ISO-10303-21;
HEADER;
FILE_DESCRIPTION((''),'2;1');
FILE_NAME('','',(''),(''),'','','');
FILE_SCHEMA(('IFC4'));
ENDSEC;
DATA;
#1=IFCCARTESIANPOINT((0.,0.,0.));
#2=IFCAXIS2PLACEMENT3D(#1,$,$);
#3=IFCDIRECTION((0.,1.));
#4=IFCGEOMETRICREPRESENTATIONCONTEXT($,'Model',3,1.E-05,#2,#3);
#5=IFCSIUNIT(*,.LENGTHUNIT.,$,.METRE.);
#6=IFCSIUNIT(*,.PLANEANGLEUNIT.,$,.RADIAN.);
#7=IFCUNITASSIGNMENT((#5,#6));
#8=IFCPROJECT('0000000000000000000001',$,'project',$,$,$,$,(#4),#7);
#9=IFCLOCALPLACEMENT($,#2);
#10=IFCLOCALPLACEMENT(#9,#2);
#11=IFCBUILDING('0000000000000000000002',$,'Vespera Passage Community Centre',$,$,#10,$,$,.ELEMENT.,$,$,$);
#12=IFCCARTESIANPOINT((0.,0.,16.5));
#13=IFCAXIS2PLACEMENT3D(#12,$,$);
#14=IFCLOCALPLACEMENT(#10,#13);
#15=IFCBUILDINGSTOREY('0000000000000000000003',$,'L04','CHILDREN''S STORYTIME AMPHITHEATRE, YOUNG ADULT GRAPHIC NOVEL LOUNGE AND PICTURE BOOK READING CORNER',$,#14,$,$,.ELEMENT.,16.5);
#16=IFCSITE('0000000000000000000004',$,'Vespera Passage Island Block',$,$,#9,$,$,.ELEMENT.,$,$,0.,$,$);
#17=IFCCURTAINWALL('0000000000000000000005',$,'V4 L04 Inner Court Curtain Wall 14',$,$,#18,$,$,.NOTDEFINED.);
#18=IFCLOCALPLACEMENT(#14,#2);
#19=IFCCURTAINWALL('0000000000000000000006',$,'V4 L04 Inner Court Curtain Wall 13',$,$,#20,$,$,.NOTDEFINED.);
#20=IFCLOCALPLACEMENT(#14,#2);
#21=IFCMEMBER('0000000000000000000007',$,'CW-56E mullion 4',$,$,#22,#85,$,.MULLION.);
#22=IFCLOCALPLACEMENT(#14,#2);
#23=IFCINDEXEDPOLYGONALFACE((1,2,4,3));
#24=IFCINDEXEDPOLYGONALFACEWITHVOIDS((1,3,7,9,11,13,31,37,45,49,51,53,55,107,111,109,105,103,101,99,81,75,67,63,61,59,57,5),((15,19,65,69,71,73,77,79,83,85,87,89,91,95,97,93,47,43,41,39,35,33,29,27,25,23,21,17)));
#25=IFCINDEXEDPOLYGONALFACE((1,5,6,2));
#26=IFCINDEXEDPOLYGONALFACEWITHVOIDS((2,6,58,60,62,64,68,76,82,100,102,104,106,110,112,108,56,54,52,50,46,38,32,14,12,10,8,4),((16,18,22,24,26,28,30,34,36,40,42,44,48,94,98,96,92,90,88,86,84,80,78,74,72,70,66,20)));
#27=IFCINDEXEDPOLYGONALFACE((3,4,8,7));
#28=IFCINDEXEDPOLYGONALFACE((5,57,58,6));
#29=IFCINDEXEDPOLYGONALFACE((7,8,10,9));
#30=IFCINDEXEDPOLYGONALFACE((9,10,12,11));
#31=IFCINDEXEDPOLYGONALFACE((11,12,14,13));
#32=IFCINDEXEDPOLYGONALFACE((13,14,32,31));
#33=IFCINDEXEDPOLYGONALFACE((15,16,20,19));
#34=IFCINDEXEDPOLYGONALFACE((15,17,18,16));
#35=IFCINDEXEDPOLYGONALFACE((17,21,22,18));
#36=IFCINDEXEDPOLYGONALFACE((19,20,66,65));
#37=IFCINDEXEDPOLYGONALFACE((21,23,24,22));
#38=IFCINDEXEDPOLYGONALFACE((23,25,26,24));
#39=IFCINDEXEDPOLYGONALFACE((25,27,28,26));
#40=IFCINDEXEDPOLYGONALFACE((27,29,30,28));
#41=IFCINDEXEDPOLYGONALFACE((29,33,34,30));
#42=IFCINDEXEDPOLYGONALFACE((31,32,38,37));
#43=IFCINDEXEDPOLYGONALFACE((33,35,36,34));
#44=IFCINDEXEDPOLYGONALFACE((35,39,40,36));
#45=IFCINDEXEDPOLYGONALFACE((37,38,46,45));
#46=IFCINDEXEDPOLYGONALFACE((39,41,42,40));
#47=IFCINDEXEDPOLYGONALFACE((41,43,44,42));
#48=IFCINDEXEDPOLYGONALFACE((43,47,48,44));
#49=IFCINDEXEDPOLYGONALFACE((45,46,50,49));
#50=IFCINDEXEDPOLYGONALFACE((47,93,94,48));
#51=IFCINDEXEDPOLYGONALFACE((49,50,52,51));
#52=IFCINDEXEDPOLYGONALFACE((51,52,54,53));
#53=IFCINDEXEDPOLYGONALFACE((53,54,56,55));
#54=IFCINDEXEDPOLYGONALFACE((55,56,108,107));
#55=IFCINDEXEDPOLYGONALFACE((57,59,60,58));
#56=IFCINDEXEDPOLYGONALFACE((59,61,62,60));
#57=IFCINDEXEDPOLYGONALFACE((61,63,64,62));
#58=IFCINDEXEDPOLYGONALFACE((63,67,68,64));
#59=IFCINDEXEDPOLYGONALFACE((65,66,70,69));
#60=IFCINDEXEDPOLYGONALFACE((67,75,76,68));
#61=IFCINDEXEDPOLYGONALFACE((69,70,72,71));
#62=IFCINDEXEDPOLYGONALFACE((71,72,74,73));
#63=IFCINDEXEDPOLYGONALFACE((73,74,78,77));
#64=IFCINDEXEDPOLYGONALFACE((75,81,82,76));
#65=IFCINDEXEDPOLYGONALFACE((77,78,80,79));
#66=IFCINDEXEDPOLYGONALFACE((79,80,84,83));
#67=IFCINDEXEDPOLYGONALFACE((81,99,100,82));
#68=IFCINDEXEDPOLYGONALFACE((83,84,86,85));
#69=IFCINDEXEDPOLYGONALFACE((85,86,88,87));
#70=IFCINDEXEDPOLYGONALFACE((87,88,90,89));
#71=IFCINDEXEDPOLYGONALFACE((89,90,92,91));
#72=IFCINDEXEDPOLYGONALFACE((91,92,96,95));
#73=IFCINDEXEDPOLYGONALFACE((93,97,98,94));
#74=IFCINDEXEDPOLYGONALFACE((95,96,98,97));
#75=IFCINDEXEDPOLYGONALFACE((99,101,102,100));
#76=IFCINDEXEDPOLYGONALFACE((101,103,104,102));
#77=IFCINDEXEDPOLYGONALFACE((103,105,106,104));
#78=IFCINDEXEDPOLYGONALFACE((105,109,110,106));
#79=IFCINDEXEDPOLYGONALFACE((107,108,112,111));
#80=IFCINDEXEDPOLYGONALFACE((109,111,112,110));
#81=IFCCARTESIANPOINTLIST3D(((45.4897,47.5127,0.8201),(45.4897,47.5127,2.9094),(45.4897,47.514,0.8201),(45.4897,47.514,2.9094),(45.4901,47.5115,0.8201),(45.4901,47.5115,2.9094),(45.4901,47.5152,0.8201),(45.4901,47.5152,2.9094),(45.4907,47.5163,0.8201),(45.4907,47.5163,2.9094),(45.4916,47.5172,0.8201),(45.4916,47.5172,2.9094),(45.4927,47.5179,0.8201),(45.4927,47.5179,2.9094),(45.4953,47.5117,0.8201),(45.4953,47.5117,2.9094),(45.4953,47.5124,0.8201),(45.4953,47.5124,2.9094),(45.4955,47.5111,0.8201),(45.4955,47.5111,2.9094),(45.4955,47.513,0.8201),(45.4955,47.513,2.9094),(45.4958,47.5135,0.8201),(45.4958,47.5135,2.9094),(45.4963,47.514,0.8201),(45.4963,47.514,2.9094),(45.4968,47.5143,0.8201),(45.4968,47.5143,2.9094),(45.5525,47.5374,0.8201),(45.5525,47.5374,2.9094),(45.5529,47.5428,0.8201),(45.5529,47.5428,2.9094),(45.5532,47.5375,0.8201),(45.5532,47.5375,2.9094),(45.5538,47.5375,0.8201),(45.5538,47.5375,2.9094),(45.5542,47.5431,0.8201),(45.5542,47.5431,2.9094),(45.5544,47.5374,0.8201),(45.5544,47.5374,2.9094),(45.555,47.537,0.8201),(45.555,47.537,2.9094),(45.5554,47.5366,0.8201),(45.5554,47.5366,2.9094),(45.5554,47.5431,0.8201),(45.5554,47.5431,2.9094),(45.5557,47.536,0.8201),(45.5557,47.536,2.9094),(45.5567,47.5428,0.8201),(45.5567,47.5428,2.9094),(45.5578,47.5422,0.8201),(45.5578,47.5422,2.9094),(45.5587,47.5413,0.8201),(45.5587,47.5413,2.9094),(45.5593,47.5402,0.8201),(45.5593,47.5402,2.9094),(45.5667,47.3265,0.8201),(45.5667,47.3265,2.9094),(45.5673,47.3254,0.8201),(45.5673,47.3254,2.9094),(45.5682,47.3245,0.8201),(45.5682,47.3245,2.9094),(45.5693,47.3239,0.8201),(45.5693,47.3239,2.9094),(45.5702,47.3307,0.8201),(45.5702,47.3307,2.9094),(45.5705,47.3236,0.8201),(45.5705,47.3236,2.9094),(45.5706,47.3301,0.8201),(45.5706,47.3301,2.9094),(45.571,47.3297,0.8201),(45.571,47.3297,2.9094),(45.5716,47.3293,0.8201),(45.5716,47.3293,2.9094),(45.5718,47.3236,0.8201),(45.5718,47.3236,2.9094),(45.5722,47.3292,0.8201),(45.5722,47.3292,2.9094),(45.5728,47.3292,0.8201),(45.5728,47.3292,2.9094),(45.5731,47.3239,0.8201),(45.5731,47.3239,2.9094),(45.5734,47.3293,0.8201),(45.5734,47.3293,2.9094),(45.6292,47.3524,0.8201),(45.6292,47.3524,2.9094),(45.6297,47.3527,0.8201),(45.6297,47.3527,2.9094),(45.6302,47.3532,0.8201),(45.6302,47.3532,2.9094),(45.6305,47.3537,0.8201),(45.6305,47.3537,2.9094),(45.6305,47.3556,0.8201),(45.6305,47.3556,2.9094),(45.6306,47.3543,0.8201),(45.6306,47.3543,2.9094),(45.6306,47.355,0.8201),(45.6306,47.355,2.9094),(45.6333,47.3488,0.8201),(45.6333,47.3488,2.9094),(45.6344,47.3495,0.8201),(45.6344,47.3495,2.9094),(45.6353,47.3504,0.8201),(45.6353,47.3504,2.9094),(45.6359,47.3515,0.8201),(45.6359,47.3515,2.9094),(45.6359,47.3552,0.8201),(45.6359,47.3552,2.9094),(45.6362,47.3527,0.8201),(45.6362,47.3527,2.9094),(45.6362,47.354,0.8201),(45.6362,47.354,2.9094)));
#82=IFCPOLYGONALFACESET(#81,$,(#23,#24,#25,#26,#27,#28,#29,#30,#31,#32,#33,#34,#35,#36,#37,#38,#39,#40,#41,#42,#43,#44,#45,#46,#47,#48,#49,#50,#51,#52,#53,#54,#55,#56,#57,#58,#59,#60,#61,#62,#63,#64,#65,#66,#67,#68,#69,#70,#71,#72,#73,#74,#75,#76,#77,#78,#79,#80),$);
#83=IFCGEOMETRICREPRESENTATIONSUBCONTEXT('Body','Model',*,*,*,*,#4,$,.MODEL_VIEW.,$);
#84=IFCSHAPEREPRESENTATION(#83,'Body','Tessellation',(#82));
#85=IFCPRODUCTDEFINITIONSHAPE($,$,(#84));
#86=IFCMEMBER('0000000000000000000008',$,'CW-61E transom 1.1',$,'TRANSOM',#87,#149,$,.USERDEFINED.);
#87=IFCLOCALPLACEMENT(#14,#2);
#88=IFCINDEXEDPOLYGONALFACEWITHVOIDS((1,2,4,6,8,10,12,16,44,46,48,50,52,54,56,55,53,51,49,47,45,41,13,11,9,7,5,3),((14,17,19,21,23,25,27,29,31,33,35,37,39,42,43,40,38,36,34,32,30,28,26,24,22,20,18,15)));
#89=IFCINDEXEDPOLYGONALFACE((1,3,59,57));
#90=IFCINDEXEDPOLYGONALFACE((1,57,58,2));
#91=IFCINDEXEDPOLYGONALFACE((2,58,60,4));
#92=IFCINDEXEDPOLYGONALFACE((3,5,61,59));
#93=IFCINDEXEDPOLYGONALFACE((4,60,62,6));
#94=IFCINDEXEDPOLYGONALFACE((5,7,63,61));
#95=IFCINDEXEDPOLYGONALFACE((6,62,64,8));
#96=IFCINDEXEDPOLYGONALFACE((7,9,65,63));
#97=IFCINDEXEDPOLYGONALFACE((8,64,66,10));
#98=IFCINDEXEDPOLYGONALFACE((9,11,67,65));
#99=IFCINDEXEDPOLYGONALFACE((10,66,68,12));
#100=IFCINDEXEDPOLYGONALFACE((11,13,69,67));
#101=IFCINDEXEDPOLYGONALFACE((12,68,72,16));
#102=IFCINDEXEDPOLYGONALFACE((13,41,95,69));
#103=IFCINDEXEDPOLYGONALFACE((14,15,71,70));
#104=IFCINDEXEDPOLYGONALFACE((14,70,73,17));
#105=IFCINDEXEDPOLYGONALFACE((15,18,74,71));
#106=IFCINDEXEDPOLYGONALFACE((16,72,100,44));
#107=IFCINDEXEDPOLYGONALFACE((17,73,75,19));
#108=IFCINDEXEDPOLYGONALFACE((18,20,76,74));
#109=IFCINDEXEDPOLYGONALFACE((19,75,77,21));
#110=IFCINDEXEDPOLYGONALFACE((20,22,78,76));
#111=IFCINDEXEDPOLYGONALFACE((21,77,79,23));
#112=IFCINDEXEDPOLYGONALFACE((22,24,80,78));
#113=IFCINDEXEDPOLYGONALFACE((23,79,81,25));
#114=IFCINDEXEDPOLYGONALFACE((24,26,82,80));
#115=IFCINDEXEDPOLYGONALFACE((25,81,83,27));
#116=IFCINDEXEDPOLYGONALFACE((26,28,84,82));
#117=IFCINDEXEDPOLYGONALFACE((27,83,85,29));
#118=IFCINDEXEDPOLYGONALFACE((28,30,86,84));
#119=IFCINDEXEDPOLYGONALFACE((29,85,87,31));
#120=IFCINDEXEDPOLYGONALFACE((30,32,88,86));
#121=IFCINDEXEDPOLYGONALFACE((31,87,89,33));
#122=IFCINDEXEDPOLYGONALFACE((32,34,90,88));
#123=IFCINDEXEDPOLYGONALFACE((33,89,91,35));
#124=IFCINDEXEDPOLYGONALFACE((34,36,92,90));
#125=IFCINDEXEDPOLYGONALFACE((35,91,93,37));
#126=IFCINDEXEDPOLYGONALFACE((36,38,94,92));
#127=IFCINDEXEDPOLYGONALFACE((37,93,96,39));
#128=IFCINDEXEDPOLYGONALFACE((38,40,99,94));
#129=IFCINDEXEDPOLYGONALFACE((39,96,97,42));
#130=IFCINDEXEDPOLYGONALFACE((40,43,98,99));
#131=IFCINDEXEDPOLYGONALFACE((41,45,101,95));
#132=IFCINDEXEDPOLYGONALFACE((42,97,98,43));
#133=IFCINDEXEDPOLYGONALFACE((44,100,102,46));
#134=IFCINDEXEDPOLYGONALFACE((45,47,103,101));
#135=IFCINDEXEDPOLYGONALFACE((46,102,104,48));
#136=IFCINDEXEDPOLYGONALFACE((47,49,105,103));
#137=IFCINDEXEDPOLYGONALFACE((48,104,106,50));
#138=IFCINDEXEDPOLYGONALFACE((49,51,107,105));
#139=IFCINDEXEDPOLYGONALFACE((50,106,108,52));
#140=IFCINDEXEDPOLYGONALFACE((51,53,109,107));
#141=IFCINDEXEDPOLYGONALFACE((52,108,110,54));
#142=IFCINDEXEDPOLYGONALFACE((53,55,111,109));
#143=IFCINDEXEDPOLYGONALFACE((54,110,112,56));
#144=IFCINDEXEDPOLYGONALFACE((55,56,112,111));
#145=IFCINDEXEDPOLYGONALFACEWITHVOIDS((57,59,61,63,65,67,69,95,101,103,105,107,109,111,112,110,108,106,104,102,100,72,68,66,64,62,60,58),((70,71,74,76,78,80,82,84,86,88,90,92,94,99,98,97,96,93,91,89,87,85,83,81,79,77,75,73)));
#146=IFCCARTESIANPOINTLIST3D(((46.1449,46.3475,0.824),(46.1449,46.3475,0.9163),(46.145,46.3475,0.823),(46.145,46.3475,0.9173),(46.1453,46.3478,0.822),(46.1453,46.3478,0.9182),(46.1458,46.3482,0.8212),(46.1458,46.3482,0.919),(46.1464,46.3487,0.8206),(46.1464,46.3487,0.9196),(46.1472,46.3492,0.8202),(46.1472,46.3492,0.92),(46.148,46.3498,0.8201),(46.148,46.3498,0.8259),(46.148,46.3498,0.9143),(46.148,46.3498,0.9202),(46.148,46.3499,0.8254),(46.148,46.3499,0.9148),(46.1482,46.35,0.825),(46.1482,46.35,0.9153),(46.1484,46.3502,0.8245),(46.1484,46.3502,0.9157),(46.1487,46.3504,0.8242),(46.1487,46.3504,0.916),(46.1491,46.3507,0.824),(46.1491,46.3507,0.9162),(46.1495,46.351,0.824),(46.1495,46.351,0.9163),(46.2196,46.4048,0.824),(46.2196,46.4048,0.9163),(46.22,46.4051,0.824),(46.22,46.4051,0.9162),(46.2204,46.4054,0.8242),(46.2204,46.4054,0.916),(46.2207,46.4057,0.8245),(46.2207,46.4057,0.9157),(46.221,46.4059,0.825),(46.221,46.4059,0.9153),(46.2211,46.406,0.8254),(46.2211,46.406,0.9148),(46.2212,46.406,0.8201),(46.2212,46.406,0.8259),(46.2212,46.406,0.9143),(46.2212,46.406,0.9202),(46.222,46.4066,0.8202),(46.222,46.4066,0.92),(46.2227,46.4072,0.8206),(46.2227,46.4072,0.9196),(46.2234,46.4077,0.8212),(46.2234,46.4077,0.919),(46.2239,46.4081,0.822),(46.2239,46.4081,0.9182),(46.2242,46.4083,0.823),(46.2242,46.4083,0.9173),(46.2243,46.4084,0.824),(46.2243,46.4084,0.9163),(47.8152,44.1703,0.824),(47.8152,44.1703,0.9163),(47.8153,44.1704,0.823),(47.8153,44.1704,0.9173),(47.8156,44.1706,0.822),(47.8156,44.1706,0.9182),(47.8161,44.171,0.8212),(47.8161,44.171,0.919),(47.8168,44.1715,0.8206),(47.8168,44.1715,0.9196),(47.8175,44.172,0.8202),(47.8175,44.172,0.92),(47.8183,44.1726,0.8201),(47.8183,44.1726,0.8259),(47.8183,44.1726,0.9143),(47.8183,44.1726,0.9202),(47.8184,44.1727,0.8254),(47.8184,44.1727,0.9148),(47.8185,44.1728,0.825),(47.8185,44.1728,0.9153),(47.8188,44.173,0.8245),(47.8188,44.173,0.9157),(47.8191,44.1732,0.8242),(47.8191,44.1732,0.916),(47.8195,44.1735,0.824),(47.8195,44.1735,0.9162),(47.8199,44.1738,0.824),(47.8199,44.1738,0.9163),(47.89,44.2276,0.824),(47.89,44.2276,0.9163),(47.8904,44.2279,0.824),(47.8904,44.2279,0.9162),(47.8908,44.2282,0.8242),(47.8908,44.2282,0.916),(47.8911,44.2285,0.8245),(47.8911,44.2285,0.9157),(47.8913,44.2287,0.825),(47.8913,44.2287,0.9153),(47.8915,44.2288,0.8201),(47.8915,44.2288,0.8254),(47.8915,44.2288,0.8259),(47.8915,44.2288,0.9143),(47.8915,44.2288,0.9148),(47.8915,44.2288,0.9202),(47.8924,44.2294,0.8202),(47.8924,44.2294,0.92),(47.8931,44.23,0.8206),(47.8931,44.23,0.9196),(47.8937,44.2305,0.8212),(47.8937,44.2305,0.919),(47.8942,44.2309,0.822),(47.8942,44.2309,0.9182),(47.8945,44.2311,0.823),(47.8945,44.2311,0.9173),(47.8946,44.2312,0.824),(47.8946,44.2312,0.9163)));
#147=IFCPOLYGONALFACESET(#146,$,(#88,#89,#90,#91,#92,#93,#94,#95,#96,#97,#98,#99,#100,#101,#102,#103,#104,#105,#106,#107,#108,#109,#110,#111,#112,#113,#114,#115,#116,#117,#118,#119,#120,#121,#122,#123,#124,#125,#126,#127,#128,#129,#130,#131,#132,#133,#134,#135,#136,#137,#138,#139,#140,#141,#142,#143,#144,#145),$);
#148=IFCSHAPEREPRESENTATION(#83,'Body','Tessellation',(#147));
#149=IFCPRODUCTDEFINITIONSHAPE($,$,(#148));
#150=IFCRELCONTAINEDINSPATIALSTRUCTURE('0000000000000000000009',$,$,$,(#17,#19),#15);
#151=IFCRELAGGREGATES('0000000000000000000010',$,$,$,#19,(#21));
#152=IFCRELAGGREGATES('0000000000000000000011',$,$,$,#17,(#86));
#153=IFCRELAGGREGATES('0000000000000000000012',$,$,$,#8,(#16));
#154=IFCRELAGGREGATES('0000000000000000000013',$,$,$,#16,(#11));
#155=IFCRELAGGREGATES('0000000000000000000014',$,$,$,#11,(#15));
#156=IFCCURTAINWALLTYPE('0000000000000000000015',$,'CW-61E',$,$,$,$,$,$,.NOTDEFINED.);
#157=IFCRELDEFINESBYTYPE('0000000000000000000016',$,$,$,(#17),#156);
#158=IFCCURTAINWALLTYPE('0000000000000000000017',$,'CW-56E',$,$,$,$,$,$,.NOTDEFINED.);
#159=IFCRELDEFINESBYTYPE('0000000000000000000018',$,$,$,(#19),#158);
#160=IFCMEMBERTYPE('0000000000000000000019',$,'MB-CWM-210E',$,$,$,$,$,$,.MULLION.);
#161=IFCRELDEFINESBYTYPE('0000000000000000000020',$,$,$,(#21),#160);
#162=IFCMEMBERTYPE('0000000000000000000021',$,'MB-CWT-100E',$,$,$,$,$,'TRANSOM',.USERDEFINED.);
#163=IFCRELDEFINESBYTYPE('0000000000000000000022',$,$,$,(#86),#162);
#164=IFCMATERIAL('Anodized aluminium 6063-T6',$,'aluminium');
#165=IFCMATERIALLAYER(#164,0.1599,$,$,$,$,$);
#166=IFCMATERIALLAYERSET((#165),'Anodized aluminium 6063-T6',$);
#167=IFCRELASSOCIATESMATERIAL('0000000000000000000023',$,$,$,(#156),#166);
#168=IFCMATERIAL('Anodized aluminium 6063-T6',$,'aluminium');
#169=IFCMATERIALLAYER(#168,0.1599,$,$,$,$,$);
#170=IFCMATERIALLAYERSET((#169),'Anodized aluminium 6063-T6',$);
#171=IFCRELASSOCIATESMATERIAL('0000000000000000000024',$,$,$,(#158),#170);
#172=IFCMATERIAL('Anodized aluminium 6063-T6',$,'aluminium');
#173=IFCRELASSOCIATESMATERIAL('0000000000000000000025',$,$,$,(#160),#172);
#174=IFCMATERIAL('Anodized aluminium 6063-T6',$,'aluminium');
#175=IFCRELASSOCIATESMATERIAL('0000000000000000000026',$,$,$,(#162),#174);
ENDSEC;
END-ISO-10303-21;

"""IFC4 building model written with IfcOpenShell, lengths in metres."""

from ifc_helpers import new_model, si_unit, direction, frame, origin, origin_2d, place, context, subcontext, project, spatial, hollow_rectangle, extrude, material, layer, layer_set, material_profile, profile_set, type_object, element, aggregate, save


model = new_model("IFC4")

# Units and contexts
model_context = context("Model", 3, precision=1e-05, world=origin(), true_north=direction((0.0, 1.0)))
body_context = subcontext(model_context, "Body", "Model", "MODEL_VIEW")
ifc_project = project(units=[si_unit("LENGTHUNIT", "METRE"), si_unit("PLANEANGLEUNIT", "RADIAN")], contexts=[model_context])

# Site, building, storey
site_placement = place(None, origin())
site = spatial("IfcSite", under=ifc_project, at=site_placement, Name="Vespera Passage Island Block", CompositionType="ELEMENT", RefElevation=0.0)
building_placement = place(site_placement, origin())
building = spatial("IfcBuilding", under=site, at=building_placement, Name="Vespera Passage Community Centre", CompositionType="ELEMENT")
storey_placement = place(building_placement, frame((0.0, 0.0, 16.5)))
storey = spatial("IfcBuildingStorey", under=building, at=storey_placement, Name="L04", Description="CHILDREN'S STORYTIME AMPHITHEATRE, YOUNG ADULT GRAPHIC NOVEL LOUNGE AND PICTURE BOOK READING CORNER", CompositionType="ELEMENT", Elevation=16.5)

# Curtain wall
ifc_material_1 = material(Name="Anodized aluminium 6063-T6", Category="aluminium")
ifc_layer_1 = layer(ifc_material_1, 0.1599)
ifc_layer_set_1 = layer_set([ifc_layer_1], Name="Anodized aluminium 6063-T6")
curtain_wall_type_1 = type_object("IfcCurtainWallType", Name="CW-61E", PredefinedType="NOTDEFINED", material=ifc_layer_set_1)
curtain_wall_1_placement = place(storey_placement, origin())
curtain_wall_1 = element("IfcCurtainWall", 1, at=curtain_wall_1_placement, inside=storey, type_object=curtain_wall_type_1, Name="V4 L04 Inner Court Curtain Wall 14", PredefinedType="NOTDEFINED")

# Curtain wall, member
ifc_material_2 = material(Name="Anodized aluminium 6063-T6", Category="aluminium")
ifc_layer_2 = layer(ifc_material_2, 0.1599)
ifc_layer_set_2 = layer_set([ifc_layer_2], Name="Anodized aluminium 6063-T6")
curtain_wall_type_2 = type_object("IfcCurtainWallType", Name="CW-56E", PredefinedType="NOTDEFINED", material=ifc_layer_set_2)
curtain_wall_2_placement = place(storey_placement, origin())
curtain_wall_2 = element("IfcCurtainWall", 2, at=curtain_wall_2_placement, inside=storey, type_object=curtain_wall_type_2, Name="V4 L04 Inner Court Curtain Wall 13", PredefinedType="NOTDEFINED")
ifc_material_3 = material(Name="Anodized aluminium 6063-T6", Category="aluminium")
ifc_material_profile_1 = material_profile(ifc_material_3, hollow_rectangle(XDim=0.075, YDim=0.21, WallThickness=0.0049, InnerFilletRadius=0.0024, OuterFilletRadius=0.0049, at=origin_2d()), Name="ALU210X75X5")
ifc_profile_set_1 = profile_set([ifc_material_profile_1], Name="Anodized aluminium 6063-T6")
member_type_1 = type_object("IfcMemberType", Name="MB-CWM-210E", PredefinedType="MULLION", material=ifc_profile_set_1)
member_1_placement = place(storey_placement, frame((45.563, 47.4333, 0.8201), z_axis=(0.0, 0.0, 1.0), x_axis=(0.923877, 0.38269, 0.0)))
member_1 = element("IfcMember", 3, at=member_1_placement, type_object=member_type_1, Name="CW-56E mullion 4", PredefinedType="MULLION", context=body_context, shape_type="SweptSolid", body=[
    extrude(hollow_rectangle(XDim=0.075, YDim=0.21, WallThickness=0.0049, InnerFilletRadius=0.0024, OuterFilletRadius=0.0049, at=origin_2d()), origin(), (0.0, 0.0, 1.0), 2.0894),
])

# Member
ifc_material_4 = material(Name="Anodized aluminium 6063-T6", Category="aluminium")
ifc_material_profile_2 = material_profile(ifc_material_4, hollow_rectangle(XDim=0.1001, YDim=0.1001, WallThickness=0.0039, InnerFilletRadius=0.002, OuterFilletRadius=0.0039, at=origin_2d()), Name="ALU100X100X4")
ifc_profile_set_2 = profile_set([ifc_material_profile_2], Name="Anodized aluminium 6063-T6")
member_type_2 = type_object("IfcMemberType", Name="MB-CWT-100E", ElementType="TRANSOM", PredefinedType="USERDEFINED", material=ifc_profile_set_2)
member_2_placement = place(storey_placement, frame((46.1846, 46.3779, 0.8701), z_axis=(0.608704, -0.793397, 0.0), x_axis=(0.793397, 0.608704, 0.0)))
member_2 = element("IfcMember", 4, at=member_2_placement, type_object=member_type_2, Name="CW-61E transom 1.1", ObjectType="TRANSOM", PredefinedType="USERDEFINED", context=body_context, shape_type="SweptSolid", body=[
    extrude(hollow_rectangle(XDim=0.1001, YDim=0.1001, WallThickness=0.0039, InnerFilletRadius=0.002, OuterFilletRadius=0.0039, at=origin_2d()), origin(), (0.0, 0.0, 1.0), 2.7441),
])

aggregate(curtain_wall_2, [member_1])
aggregate(curtain_wall_1, [member_2])

save(model, "model.ifc")
